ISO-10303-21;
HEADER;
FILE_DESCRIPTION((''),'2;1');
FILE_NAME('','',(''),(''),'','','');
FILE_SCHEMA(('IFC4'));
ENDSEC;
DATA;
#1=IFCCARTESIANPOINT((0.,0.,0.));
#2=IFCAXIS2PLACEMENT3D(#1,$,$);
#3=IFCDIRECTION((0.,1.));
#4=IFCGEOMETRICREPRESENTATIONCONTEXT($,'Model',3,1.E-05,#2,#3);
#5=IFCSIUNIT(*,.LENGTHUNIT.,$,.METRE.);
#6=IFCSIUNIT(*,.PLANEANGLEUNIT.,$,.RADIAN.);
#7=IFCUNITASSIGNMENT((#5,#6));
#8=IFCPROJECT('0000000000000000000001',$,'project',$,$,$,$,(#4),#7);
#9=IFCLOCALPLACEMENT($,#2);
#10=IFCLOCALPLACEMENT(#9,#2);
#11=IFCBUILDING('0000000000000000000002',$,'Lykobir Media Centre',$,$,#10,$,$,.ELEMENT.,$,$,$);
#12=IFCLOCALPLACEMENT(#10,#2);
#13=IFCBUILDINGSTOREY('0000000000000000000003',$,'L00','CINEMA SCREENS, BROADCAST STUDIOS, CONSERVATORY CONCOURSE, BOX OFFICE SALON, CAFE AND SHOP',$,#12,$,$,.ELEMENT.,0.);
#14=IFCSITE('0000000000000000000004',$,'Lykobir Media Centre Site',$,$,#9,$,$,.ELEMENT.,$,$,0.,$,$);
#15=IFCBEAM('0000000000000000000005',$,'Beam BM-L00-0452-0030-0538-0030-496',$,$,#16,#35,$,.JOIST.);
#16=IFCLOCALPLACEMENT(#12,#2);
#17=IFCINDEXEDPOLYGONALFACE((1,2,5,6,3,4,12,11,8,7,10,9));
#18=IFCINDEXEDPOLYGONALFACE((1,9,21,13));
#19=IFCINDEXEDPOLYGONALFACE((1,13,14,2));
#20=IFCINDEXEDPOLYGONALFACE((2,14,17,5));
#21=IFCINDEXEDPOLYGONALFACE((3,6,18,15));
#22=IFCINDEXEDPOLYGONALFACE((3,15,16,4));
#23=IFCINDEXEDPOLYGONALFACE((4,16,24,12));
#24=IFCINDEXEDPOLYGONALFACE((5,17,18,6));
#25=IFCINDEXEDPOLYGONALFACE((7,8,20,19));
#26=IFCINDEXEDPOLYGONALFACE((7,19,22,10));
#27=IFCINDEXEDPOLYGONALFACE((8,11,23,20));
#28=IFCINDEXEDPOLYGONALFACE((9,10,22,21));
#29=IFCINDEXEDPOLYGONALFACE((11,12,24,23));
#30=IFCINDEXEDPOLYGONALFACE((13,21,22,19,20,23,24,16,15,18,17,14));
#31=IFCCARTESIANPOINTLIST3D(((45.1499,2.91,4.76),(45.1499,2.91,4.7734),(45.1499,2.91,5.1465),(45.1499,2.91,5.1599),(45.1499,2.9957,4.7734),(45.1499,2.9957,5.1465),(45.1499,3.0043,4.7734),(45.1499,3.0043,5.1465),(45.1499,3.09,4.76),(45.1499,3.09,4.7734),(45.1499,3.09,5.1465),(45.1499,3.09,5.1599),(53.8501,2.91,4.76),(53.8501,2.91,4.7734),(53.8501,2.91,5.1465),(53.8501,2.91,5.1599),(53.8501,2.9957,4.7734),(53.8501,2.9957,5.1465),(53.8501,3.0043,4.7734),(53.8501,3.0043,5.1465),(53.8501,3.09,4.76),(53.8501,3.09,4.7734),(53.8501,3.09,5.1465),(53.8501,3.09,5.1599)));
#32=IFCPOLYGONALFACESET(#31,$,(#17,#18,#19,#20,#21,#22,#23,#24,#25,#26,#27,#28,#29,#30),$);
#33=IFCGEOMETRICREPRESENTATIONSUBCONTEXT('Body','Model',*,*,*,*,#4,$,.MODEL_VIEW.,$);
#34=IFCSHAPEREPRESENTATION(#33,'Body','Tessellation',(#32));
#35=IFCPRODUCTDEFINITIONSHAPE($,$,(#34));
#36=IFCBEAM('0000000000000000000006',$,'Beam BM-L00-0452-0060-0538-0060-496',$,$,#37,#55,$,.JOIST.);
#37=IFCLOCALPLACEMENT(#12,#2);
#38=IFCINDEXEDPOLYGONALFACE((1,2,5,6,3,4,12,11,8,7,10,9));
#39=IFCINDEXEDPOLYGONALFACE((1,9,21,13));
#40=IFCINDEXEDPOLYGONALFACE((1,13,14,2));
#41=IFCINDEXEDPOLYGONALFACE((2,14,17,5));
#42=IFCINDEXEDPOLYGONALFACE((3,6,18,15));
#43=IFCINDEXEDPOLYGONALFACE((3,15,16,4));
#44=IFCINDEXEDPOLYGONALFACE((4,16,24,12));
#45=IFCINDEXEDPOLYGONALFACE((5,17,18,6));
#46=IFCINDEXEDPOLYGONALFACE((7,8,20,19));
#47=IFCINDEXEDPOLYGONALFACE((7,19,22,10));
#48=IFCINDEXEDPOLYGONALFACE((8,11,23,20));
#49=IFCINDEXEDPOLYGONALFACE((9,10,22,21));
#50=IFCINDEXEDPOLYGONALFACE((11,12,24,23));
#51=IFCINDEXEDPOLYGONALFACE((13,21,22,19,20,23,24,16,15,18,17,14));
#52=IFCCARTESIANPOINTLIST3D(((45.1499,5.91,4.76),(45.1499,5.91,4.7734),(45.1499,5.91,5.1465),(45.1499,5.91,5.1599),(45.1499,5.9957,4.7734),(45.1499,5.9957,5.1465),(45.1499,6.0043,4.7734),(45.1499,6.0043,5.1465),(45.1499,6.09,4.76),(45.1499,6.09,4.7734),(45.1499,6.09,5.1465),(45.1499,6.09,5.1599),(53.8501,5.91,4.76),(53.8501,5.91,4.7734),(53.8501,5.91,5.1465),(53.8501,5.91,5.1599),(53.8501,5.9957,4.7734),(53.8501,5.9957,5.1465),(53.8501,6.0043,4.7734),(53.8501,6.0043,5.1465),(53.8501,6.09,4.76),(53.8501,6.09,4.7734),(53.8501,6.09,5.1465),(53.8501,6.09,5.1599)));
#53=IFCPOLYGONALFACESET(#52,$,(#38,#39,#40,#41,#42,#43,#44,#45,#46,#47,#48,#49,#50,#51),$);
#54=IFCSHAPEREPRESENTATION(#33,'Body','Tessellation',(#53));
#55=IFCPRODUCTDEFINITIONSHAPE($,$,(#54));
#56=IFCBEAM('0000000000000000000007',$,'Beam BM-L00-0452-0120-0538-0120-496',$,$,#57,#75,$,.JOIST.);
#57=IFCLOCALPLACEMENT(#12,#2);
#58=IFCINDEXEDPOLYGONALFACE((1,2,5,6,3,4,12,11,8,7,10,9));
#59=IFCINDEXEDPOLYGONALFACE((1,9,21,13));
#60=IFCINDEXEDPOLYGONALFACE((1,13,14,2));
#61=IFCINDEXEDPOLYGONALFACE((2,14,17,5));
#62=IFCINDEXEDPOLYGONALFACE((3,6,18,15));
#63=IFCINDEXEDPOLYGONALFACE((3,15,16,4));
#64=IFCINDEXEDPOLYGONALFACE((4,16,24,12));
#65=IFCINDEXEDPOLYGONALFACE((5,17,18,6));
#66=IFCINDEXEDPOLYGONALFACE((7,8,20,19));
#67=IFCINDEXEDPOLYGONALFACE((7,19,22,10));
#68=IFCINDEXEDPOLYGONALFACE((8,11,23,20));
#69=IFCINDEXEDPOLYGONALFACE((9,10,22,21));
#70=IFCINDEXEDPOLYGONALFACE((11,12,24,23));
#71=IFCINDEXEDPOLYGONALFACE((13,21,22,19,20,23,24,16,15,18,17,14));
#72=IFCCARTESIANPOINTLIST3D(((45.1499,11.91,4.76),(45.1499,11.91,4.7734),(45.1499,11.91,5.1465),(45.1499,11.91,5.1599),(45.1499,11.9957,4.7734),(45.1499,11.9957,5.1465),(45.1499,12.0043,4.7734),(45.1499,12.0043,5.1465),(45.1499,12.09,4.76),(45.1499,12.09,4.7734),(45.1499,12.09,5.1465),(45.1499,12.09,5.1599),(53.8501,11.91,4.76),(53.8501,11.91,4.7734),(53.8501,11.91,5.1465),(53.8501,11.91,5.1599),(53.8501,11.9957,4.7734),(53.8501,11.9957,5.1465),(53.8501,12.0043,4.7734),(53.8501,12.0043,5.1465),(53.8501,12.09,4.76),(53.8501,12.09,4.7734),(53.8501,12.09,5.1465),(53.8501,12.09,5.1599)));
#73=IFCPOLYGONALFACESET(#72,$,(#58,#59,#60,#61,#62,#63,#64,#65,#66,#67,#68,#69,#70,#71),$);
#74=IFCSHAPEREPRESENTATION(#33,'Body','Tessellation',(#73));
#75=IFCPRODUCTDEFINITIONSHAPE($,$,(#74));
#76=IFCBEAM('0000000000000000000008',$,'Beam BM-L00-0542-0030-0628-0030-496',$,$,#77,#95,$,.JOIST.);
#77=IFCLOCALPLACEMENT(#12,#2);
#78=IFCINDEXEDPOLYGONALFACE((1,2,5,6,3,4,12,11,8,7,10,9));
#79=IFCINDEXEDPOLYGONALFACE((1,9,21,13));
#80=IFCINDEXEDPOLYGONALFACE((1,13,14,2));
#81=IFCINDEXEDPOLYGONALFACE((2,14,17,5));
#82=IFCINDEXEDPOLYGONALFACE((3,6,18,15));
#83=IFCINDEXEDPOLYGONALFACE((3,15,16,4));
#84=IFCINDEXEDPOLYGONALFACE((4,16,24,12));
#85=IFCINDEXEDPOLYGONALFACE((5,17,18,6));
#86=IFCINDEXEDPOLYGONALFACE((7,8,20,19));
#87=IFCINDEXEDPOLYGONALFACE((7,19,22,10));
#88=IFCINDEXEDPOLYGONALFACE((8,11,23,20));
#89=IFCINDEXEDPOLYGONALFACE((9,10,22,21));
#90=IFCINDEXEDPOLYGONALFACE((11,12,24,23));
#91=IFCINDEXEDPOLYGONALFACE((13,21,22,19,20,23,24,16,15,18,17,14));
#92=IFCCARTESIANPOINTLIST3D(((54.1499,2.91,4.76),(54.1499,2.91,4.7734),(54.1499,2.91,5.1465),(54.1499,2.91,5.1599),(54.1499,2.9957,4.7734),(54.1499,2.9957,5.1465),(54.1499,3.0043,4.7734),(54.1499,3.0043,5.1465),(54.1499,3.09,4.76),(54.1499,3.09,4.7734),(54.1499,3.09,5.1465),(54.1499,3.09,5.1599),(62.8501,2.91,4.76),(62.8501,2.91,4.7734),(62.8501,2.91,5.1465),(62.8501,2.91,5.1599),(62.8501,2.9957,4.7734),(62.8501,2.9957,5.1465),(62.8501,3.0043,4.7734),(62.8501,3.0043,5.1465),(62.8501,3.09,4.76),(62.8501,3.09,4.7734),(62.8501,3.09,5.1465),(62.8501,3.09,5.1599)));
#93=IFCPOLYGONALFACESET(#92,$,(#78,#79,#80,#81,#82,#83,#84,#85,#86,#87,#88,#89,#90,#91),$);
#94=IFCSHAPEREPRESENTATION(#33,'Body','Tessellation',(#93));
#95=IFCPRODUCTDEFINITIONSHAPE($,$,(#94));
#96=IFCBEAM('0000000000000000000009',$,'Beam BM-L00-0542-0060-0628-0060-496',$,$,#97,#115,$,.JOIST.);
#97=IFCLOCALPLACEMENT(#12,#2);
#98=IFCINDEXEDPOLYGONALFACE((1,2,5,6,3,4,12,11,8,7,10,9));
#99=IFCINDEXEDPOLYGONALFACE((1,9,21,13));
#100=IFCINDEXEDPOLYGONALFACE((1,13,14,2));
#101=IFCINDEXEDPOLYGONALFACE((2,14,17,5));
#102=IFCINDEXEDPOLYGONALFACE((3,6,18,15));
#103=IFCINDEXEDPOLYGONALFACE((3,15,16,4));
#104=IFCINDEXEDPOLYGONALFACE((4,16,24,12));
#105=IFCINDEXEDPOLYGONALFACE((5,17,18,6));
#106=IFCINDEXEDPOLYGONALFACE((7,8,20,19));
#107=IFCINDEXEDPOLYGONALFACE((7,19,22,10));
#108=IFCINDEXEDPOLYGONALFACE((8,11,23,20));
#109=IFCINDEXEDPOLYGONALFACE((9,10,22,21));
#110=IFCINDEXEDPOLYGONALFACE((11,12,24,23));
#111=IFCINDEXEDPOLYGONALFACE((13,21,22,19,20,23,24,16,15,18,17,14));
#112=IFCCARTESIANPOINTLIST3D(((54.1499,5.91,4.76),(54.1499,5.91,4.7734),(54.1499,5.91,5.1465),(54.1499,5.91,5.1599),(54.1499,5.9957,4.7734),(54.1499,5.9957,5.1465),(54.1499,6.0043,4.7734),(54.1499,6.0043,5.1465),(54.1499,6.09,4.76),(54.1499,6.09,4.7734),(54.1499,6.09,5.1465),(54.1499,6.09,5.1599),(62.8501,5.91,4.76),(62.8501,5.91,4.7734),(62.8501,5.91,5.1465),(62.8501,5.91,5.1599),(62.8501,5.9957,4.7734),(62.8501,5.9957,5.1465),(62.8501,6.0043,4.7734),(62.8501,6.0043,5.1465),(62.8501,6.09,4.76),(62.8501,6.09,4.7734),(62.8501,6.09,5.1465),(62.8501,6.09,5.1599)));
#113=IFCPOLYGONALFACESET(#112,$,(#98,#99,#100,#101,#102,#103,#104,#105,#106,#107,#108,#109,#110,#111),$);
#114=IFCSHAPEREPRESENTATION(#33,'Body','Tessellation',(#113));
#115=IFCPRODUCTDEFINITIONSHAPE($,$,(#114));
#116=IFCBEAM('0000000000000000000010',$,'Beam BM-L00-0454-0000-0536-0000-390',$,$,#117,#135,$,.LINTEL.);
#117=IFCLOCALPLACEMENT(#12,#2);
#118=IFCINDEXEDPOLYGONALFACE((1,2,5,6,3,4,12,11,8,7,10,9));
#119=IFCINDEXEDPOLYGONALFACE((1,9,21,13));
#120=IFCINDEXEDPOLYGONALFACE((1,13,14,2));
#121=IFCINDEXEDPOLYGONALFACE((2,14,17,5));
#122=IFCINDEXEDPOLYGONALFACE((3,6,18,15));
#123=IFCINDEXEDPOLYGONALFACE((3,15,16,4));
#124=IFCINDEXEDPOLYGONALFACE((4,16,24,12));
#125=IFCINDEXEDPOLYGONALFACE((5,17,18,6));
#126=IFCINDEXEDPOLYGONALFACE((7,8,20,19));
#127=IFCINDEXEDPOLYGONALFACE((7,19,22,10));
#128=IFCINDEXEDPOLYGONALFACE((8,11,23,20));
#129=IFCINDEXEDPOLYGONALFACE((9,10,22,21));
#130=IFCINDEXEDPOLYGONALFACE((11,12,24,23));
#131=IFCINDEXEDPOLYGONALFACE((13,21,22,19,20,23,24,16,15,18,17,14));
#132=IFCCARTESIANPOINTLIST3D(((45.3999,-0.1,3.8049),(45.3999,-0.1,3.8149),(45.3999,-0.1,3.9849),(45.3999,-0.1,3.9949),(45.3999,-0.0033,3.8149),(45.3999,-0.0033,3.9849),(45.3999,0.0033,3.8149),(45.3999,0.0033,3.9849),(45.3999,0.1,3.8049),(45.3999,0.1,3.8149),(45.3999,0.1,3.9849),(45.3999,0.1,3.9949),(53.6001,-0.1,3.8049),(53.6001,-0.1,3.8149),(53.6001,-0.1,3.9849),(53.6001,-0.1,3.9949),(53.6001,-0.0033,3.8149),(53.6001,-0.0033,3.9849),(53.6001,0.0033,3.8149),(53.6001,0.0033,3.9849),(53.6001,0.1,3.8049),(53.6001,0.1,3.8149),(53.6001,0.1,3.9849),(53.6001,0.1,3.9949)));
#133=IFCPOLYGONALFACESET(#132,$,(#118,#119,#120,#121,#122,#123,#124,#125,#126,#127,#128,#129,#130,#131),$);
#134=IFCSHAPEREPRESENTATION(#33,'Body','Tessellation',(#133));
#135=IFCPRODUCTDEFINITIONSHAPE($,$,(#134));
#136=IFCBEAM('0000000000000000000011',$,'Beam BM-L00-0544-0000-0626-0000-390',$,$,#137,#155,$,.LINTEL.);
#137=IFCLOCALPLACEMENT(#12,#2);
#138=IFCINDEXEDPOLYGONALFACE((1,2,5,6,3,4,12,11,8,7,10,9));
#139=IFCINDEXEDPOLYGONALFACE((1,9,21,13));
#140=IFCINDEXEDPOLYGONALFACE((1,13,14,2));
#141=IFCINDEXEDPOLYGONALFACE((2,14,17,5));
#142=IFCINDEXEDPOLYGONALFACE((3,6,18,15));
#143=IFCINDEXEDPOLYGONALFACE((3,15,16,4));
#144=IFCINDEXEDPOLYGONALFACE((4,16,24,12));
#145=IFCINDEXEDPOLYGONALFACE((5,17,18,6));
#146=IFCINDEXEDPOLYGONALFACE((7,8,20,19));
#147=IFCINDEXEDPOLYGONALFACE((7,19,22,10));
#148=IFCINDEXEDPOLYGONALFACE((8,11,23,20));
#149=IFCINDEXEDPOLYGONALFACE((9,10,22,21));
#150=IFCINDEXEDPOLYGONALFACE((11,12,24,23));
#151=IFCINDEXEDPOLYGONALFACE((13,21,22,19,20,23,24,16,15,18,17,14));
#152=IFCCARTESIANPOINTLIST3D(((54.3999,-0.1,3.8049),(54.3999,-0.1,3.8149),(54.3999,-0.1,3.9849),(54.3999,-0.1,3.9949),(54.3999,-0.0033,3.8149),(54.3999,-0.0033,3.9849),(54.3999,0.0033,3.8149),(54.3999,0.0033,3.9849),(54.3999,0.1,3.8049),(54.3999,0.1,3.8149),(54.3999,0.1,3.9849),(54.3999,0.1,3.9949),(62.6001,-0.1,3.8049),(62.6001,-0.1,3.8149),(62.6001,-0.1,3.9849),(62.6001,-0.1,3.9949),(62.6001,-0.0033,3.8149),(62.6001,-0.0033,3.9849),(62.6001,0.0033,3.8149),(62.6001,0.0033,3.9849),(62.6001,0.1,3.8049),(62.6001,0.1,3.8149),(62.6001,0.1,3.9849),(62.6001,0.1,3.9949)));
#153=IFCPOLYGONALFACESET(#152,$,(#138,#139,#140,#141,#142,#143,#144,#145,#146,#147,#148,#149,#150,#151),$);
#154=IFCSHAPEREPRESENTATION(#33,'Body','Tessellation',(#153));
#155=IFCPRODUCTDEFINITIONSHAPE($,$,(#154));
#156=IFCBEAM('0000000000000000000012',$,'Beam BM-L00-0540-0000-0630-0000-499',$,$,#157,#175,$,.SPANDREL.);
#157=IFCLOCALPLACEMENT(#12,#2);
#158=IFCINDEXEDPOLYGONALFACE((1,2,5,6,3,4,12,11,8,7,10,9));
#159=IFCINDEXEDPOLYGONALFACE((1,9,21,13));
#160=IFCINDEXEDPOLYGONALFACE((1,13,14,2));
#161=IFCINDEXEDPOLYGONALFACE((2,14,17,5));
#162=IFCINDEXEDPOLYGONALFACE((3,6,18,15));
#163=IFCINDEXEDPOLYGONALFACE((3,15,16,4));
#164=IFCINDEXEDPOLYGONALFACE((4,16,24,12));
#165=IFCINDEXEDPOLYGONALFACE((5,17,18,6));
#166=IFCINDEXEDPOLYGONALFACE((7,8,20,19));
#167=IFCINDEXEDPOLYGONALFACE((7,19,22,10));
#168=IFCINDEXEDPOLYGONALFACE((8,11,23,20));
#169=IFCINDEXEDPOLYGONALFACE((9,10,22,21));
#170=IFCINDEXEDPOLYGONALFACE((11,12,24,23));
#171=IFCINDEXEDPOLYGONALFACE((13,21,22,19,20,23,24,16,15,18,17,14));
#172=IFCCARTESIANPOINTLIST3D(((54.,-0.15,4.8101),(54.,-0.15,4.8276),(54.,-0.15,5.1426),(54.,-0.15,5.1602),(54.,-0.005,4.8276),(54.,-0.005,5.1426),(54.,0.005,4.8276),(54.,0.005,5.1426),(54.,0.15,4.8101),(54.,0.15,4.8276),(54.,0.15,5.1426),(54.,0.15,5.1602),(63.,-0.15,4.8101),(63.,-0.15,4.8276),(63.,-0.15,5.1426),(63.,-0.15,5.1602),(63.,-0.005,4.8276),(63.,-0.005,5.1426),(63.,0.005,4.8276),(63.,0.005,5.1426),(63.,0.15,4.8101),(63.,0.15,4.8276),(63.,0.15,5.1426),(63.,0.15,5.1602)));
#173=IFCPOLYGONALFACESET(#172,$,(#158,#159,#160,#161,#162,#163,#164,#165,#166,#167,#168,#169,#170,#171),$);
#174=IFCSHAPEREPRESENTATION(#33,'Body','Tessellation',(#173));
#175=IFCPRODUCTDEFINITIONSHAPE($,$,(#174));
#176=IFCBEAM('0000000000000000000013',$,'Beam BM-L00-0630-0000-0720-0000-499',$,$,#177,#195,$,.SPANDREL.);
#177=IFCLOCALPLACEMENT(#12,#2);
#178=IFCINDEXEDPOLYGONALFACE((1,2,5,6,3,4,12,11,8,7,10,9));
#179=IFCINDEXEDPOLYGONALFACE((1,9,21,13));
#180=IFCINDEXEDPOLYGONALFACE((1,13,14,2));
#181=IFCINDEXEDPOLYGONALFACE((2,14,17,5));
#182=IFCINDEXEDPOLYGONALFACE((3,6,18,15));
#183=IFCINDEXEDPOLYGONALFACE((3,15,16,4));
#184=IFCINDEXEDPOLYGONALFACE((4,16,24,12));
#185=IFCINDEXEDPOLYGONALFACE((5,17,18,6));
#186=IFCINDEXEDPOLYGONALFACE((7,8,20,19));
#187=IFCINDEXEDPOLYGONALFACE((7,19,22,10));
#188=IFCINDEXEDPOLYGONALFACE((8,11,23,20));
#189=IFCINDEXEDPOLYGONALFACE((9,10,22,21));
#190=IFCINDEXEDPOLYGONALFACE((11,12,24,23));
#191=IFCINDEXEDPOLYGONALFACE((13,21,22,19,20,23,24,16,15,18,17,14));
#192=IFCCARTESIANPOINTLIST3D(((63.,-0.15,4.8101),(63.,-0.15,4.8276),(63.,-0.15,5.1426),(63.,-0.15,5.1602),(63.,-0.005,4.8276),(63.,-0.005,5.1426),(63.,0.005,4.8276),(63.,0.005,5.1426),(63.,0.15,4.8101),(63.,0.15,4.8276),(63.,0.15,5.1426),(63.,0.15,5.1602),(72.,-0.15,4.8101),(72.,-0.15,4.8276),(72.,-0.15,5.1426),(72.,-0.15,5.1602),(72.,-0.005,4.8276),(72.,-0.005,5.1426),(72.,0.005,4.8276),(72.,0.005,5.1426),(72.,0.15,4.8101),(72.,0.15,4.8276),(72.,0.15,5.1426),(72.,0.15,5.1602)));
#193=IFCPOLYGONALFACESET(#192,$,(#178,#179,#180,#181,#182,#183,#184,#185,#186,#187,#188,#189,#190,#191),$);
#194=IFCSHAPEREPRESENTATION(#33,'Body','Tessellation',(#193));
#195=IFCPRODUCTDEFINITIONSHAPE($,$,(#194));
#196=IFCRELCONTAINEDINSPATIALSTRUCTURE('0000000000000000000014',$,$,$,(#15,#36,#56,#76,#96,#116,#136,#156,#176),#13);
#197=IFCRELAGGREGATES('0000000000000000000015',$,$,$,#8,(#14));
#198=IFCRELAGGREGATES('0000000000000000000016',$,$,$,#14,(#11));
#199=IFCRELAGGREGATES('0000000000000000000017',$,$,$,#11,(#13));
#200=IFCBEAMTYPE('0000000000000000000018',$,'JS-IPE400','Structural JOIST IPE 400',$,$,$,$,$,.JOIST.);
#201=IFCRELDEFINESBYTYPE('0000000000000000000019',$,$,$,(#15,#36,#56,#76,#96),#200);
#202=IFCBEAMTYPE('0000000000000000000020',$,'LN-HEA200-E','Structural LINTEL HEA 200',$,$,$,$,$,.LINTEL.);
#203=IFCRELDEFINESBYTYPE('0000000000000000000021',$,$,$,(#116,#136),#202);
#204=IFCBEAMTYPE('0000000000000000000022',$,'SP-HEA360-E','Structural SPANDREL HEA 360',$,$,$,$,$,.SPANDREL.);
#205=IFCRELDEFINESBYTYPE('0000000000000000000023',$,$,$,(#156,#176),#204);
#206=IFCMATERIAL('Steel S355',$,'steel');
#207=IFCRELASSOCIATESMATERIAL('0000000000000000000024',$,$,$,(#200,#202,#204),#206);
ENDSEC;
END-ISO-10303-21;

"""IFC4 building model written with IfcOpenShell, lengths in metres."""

from ifc_helpers import new_model, si_unit, direction, frame, origin, origin_2d, place, context, subcontext, project, spatial, i_section, extrude, material, material_profile, profile_set, type_object, element, save


model = new_model("IFC4")

# Units and contexts
model_context = context("Model", 3, precision=1e-05, world=origin(), true_north=direction((0.0, 1.0)))
body_context = subcontext(model_context, "Body", "Model", "MODEL_VIEW")
ifc_project = project(units=[si_unit("LENGTHUNIT", "METRE"), si_unit("PLANEANGLEUNIT", "RADIAN")], contexts=[model_context])

# Site, building, storey
site_placement = place(None, origin())
site = spatial("IfcSite", under=ifc_project, at=site_placement, Name="Lykobir Media Centre Site", CompositionType="ELEMENT", RefElevation=0.0)
building_placement = place(site_placement, origin())
building = spatial("IfcBuilding", under=site, at=building_placement, Name="Lykobir Media Centre", CompositionType="ELEMENT")
storey_placement = place(building_placement, origin())
storey = spatial("IfcBuildingStorey", under=building, at=storey_placement, Name="L00", Description="CINEMA SCREENS, BROADCAST STUDIOS, CONSERVATORY CONCOURSE, BOX OFFICE SALON, CAFE AND SHOP", CompositionType="ELEMENT", Elevation=0.0)

# Shared definitions
ifc_material_1 = material(Name="Steel S355", Category="steel")

# Beams
ifc_material_profile_1 = material_profile(ifc_material_1, i_section(OverallWidth=0.1799, OverallDepth=0.3999, WebThickness=0.0085, FlangeThickness=0.0134, at=origin_2d()), Name="IPE 400")
ifc_profile_set_1 = profile_set([ifc_material_profile_1], Name="Steel S355")
beam_type_1 = type_object("IfcBeamType", Name="JS-IPE400", Description="Structural JOIST IPE 400", PredefinedType="JOIST", material=ifc_profile_set_1)
for number, where, z_axis, x_axis, name in (
    (1, (45.1499, 3.0, 4.96), (1.0, 0.0, 0.0), (0.0, 1.0, 0.0), "Beam BM-L00-0452-0030-0538-0030-496"),
    (2, (45.1499, 6.0, 4.96), (1.0, 0.0, 0.0), (0.0, 1.0, 0.0), "Beam BM-L00-0452-0060-0538-0060-496"),
    (3, (45.1499, 12.0, 4.96), (1.0, 0.0, 0.0), (0.0, 1.0, 0.0), "Beam BM-L00-0452-0120-0538-0120-496"),
    (4, (54.1499, 3.0, 4.96), (1.0, 0.0, 0.0), (0.0, 1.0, 0.0), "Beam BM-L00-0542-0030-0628-0030-496"),
    (5, (54.1499, 6.0, 4.96), (1.0, 0.0, 0.0), (0.0, 1.0, 0.0), "Beam BM-L00-0542-0060-0628-0060-496"),
):
    element("IfcBeam", number, at=place(storey_placement, frame(where, z_axis=z_axis, x_axis=x_axis)), inside=storey, type_object=beam_type_1, Name=name, PredefinedType="JOIST", context=body_context, shape_type="SweptSolid", body=[
        extrude(i_section(OverallWidth=0.1799, OverallDepth=0.3999, WebThickness=0.0085, FlangeThickness=0.0134, at=origin_2d()), origin(), (0.0, 0.0, 1.0), 8.7002),
    ])
ifc_material_profile_2 = material_profile(ifc_material_1, i_section(OverallWidth=0.2, OverallDepth=0.1899, WebThickness=0.0066, FlangeThickness=0.01, at=origin_2d()), Name="HEA 200")
ifc_profile_set_2 = profile_set([ifc_material_profile_2], Name="Steel S355")
beam_type_2 = type_object("IfcBeamType", Name="LN-HEA200-E", Description="Structural LINTEL HEA 200", PredefinedType="LINTEL", material=ifc_profile_set_2)
for number, where, z_axis, x_axis, name in (
    (6, (45.3999, 0.0, 3.8999), (1.0, 0.0, 0.0), (0.0, 1.0, 0.0), "Beam BM-L00-0454-0000-0536-0000-390"),
    (7, (54.3999, 0.0, 3.8999), (1.0, 0.0, 0.0), (0.0, 1.0, 0.0), "Beam BM-L00-0544-0000-0626-0000-390"),
):
    element("IfcBeam", number, at=place(storey_placement, frame(where, z_axis=z_axis, x_axis=x_axis)), inside=storey, type_object=beam_type_2, Name=name, PredefinedType="LINTEL", context=body_context, shape_type="SweptSolid", body=[
        extrude(i_section(OverallWidth=0.2, OverallDepth=0.1899, WebThickness=0.0066, FlangeThickness=0.01, at=origin_2d()), origin(), (0.0, 0.0, 1.0), 8.2002),
    ])
ifc_material_profile_3 = material_profile(ifc_material_1, i_section(OverallWidth=0.3, OverallDepth=0.3501, WebThickness=0.01, FlangeThickness=0.0176, at=origin_2d()), Name="HEA 360")
ifc_profile_set_3 = profile_set([ifc_material_profile_3], Name="Steel S355")
beam_type_3 = type_object("IfcBeamType", Name="SP-HEA360-E", Description="Structural SPANDREL HEA 360", PredefinedType="SPANDREL", material=ifc_profile_set_3)
for number, where, z_axis, x_axis, name in (
    (8, (54.0, 0.0, 4.9851), (1.0, 0.0, 0.0), (0.0, 1.0, 0.0), "Beam BM-L00-0540-0000-0630-0000-499"),
    (9, (63.0, 0.0, 4.9851), (1.0, 0.0, 0.0), (0.0, 1.0, 0.0), "Beam BM-L00-0630-0000-0720-0000-499"),
):
    element("IfcBeam", number, at=place(storey_placement, frame(where, z_axis=z_axis, x_axis=x_axis)), inside=storey, type_object=beam_type_3, Name=name, PredefinedType="SPANDREL", context=body_context, shape_type="SweptSolid", body=[
        extrude(i_section(OverallWidth=0.3, OverallDepth=0.3501, WebThickness=0.01, FlangeThickness=0.0176, at=origin_2d()), origin(), (0.0, 0.0, 1.0), 9.0),
    ])

save(model, "model.ifc")
